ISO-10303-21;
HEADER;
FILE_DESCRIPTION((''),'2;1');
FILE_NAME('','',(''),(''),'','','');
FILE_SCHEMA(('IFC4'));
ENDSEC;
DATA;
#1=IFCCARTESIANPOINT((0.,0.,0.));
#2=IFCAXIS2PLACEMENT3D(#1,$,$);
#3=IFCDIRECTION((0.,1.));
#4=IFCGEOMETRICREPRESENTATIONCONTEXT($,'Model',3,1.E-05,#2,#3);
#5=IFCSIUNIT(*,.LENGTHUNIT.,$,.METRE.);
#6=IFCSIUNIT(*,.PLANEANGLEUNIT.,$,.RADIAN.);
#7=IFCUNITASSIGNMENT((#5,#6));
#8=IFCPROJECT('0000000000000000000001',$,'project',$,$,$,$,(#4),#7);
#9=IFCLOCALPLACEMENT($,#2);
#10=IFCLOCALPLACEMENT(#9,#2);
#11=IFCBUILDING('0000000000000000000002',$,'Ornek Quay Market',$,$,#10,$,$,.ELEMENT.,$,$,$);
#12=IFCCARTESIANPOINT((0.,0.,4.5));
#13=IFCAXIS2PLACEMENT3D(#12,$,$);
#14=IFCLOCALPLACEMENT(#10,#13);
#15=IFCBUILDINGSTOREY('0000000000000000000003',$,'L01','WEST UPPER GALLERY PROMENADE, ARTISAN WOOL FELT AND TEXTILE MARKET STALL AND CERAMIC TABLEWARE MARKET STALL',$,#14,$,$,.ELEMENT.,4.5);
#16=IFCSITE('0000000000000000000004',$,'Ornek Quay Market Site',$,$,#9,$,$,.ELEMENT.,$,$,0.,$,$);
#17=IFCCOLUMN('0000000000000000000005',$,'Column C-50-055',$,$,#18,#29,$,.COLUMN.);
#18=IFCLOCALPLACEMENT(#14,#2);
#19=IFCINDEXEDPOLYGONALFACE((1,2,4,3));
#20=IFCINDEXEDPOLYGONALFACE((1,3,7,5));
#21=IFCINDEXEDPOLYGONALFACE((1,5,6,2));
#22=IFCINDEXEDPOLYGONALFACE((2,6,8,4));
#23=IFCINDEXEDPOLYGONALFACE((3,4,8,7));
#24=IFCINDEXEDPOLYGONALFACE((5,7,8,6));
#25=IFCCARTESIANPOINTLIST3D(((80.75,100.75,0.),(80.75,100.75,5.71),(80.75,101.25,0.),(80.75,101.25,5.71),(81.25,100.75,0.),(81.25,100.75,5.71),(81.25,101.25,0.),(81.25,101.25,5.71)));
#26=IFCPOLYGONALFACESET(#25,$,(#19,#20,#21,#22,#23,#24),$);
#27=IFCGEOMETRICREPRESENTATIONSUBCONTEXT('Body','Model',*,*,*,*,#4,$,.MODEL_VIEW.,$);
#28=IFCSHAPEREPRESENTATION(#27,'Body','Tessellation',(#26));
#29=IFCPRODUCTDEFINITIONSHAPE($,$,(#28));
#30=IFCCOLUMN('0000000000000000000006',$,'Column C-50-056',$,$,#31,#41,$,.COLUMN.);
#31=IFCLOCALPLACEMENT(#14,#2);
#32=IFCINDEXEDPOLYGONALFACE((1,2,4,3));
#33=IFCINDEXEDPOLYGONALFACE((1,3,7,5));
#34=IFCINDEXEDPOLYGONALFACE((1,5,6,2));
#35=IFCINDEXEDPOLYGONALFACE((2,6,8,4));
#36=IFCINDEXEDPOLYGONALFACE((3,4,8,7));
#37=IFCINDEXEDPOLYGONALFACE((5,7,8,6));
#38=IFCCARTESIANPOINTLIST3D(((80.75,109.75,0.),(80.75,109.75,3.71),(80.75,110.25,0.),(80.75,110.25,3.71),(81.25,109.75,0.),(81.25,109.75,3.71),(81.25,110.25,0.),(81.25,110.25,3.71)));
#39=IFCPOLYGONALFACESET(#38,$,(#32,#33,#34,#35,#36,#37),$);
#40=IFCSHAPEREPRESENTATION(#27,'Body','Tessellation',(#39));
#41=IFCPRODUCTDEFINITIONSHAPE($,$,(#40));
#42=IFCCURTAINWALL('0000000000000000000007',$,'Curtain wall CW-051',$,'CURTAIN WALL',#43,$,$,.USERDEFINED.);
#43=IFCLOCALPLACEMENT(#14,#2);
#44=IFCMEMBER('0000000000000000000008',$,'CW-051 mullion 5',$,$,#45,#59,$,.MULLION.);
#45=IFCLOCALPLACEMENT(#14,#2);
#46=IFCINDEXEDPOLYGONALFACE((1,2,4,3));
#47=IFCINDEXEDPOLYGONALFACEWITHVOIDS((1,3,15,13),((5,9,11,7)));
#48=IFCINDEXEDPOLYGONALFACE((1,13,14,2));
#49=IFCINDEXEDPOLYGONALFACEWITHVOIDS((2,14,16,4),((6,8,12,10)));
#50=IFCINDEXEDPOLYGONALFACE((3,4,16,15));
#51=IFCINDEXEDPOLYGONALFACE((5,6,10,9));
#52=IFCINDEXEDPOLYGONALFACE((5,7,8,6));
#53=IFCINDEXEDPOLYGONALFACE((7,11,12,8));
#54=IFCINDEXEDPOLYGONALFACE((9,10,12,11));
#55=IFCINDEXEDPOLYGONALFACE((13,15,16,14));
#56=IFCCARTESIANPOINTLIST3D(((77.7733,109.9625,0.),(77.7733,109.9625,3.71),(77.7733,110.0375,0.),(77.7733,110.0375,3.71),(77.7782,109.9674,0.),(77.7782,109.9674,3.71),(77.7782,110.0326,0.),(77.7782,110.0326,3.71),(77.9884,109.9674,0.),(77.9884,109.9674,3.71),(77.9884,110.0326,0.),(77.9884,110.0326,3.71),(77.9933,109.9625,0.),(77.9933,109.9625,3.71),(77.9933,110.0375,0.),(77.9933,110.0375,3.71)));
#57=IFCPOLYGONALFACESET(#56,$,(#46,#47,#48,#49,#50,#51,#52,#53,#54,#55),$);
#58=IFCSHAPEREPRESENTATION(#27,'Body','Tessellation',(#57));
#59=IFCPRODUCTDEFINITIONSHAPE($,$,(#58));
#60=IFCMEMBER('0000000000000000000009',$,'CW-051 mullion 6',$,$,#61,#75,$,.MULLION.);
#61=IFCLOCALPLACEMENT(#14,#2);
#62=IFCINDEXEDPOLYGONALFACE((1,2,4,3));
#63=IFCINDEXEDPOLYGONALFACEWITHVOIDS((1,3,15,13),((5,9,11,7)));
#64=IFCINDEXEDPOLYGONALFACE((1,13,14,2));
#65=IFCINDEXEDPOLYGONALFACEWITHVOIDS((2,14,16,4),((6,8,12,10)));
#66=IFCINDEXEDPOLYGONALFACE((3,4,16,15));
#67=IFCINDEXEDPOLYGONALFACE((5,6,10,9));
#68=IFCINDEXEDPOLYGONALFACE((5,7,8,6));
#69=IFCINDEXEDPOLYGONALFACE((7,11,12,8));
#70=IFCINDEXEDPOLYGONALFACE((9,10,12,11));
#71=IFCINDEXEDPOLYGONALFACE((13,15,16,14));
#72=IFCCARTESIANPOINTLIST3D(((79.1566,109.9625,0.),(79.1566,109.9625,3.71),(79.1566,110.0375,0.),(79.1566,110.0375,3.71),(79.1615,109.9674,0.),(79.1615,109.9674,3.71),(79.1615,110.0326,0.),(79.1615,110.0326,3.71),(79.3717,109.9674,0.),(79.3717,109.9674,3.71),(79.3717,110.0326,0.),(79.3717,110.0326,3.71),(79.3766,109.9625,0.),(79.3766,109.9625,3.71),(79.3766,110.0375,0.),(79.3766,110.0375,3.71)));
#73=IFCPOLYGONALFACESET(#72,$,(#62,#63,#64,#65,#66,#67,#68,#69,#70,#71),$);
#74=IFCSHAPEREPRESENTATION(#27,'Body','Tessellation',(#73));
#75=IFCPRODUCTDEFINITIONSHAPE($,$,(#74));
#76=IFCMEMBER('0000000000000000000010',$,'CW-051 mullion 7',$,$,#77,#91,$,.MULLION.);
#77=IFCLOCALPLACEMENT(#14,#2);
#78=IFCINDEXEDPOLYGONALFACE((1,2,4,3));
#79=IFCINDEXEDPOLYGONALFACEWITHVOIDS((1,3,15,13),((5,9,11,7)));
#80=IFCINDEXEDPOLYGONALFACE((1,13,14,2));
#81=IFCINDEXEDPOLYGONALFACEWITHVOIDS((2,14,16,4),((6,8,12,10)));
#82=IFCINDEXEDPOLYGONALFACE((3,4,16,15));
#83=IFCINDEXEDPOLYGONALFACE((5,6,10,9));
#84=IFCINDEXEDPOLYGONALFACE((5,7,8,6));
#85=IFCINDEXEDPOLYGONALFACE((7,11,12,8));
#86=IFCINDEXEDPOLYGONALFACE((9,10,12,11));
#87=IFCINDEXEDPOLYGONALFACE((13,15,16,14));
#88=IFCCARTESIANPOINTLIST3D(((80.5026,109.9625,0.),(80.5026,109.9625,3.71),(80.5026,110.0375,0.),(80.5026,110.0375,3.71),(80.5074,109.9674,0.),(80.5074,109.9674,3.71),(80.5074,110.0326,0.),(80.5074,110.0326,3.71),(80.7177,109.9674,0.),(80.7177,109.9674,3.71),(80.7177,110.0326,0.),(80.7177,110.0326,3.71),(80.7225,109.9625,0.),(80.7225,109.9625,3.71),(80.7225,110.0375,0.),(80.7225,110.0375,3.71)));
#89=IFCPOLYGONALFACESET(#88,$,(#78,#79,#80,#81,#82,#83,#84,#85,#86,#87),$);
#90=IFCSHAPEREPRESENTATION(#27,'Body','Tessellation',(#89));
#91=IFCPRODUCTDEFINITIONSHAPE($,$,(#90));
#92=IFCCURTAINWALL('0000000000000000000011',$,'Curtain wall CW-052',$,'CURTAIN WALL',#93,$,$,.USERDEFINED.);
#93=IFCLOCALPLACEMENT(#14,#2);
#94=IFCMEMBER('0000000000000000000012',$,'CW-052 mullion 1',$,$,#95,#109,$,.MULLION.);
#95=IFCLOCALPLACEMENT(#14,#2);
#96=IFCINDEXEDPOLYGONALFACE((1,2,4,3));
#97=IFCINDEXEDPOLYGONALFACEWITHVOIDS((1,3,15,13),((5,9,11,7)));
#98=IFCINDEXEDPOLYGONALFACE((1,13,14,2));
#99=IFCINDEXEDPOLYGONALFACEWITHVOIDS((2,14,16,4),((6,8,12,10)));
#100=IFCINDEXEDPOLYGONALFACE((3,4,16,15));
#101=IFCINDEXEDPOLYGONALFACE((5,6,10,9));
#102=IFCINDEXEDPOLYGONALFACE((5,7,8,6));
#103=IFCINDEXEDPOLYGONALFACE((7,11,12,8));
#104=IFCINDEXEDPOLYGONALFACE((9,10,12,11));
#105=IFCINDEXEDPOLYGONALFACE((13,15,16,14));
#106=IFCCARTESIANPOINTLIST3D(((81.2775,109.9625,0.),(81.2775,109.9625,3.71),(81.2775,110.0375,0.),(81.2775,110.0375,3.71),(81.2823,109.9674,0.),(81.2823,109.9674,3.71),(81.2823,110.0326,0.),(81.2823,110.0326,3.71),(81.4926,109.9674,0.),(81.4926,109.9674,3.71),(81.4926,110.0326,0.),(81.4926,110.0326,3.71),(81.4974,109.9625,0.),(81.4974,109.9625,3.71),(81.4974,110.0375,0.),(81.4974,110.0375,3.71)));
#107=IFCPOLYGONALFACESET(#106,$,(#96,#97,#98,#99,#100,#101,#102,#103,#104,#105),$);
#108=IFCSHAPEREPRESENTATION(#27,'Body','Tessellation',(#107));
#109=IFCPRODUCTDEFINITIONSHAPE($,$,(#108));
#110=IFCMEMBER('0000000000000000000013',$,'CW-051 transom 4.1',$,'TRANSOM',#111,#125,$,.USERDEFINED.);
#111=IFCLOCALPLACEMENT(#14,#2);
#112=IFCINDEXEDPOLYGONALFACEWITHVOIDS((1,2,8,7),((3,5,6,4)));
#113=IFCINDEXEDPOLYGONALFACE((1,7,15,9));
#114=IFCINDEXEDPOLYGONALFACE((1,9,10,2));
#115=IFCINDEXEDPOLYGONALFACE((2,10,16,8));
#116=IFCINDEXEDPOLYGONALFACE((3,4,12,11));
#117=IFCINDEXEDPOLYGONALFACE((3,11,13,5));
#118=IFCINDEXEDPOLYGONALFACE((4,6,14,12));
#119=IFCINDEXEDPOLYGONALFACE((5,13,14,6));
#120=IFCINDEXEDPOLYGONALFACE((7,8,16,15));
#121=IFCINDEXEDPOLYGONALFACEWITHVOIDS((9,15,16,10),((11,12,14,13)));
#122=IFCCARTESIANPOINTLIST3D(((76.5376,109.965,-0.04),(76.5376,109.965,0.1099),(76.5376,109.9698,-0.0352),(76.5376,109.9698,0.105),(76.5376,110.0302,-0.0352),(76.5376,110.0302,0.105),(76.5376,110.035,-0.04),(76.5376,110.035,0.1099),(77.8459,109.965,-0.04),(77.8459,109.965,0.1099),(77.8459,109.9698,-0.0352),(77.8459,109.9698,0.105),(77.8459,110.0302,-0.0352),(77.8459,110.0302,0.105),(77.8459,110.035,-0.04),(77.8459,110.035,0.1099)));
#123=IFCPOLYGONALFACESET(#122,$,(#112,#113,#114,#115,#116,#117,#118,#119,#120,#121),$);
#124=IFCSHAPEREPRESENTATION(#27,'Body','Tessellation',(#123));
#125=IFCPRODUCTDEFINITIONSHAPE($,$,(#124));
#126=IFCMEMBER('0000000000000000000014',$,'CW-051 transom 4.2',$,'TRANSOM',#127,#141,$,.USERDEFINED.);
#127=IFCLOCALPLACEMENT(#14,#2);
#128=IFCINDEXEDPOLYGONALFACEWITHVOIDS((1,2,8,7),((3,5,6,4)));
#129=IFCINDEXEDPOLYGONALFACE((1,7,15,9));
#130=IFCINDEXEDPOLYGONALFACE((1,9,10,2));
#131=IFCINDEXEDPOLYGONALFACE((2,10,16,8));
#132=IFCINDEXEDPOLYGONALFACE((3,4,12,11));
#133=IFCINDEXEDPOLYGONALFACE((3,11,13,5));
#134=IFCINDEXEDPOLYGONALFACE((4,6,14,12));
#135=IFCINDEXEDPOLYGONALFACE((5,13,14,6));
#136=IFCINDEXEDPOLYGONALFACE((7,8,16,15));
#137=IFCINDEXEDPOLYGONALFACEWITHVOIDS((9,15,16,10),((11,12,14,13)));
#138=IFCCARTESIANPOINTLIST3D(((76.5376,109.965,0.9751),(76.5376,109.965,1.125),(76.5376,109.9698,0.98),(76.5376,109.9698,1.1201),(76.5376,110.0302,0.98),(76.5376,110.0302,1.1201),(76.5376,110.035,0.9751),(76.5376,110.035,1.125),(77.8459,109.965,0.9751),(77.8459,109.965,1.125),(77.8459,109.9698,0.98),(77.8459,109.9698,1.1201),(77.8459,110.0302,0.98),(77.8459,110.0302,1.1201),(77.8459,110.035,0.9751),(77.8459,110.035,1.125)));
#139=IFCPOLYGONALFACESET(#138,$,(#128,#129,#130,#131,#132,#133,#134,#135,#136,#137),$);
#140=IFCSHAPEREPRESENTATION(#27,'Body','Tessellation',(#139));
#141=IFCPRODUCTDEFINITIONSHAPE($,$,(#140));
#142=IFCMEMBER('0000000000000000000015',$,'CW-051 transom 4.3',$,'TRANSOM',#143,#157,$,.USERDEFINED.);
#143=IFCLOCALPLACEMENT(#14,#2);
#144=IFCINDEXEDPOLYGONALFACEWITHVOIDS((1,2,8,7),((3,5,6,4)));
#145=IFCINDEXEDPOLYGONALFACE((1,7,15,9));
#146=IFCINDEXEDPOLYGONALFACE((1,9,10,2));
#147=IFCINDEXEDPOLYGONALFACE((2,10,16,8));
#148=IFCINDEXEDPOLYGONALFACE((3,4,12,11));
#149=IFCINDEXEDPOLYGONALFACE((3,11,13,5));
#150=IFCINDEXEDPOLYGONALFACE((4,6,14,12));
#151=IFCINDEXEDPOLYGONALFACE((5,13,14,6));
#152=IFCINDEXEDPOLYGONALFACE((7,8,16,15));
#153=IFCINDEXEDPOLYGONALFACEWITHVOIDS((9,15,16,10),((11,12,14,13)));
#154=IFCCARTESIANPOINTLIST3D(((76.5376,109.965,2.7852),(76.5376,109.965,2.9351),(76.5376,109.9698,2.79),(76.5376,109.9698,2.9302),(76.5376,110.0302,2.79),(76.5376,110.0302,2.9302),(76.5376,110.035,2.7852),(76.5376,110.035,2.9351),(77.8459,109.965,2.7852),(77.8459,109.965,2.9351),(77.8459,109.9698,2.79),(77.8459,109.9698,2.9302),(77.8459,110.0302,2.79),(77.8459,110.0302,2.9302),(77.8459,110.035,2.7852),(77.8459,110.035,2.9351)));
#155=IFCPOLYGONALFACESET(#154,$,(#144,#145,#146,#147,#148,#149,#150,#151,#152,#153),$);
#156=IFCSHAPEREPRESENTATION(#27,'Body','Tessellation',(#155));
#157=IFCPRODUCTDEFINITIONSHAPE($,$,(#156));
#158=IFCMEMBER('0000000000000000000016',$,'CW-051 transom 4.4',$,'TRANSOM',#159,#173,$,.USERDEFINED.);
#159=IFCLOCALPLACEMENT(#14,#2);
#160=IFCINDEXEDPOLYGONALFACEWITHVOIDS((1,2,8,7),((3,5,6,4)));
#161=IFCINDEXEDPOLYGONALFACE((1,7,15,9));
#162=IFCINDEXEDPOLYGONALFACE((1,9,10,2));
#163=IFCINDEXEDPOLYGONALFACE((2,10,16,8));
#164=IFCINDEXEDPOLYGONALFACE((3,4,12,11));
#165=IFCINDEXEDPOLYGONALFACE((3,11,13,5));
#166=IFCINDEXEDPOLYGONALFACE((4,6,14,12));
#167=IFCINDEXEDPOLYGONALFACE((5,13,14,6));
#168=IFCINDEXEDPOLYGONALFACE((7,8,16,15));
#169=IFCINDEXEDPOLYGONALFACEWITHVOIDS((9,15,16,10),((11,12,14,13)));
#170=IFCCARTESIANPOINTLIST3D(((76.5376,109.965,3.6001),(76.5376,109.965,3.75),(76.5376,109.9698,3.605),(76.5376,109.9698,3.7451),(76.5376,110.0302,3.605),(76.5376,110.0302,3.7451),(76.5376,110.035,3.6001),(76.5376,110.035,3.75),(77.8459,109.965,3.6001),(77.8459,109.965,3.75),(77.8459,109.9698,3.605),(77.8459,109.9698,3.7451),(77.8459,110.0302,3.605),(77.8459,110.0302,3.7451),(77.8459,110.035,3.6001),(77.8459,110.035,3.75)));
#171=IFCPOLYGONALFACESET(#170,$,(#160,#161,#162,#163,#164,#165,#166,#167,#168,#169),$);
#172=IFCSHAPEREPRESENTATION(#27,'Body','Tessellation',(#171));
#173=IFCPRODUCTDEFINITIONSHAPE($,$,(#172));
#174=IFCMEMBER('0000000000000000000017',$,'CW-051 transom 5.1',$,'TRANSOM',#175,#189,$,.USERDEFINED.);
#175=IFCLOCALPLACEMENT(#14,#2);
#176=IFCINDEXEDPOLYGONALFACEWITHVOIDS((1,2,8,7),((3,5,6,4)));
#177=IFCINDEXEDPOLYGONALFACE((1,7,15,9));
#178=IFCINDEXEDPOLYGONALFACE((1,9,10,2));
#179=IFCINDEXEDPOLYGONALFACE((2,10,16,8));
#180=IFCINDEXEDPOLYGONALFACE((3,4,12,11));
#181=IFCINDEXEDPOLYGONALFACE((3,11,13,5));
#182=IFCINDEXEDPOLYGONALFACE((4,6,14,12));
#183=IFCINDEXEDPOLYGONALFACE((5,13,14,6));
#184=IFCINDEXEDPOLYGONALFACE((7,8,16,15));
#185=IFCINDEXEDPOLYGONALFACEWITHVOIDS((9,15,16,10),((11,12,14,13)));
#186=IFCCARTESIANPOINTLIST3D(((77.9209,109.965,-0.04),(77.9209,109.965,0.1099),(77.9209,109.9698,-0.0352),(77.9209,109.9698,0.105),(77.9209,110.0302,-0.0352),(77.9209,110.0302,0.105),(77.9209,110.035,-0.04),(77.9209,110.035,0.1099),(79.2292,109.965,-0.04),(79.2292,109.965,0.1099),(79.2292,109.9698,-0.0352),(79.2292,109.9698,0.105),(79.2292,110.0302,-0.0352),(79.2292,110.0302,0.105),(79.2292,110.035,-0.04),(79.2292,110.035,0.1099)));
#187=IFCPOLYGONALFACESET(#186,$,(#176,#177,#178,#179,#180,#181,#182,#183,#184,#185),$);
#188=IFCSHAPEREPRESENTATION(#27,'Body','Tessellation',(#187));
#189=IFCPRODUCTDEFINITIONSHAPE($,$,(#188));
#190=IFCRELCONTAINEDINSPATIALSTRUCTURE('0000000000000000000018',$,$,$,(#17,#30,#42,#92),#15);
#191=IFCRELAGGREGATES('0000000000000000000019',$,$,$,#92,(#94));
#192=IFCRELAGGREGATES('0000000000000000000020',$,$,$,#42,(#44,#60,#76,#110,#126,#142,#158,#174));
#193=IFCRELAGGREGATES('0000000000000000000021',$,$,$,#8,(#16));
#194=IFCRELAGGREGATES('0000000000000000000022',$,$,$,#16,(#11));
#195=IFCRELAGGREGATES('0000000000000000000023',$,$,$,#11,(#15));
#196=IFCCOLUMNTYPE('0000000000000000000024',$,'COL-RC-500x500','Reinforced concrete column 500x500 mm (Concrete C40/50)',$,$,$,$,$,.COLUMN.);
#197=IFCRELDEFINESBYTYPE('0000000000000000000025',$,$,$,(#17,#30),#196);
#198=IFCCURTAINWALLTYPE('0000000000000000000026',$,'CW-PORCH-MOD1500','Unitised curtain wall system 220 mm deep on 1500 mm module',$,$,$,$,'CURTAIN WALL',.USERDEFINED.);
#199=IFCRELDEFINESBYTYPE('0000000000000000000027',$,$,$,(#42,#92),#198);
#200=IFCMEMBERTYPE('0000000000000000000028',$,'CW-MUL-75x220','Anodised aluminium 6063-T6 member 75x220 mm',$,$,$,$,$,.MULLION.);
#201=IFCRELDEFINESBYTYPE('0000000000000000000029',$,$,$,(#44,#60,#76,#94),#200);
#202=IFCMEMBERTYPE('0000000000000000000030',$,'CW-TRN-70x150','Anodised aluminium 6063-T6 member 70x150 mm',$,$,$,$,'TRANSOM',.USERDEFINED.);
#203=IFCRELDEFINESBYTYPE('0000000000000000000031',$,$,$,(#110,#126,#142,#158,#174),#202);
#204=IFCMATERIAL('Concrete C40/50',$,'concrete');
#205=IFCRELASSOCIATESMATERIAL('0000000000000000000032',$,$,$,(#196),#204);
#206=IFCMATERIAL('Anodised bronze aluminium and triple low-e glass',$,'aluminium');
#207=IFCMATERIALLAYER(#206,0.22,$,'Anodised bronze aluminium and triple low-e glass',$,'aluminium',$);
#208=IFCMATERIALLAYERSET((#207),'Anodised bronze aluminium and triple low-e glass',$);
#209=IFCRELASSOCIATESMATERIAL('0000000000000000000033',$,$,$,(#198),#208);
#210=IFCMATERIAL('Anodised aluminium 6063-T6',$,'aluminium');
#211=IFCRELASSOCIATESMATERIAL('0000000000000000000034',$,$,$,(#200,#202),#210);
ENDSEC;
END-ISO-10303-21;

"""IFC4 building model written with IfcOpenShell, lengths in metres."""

from ifc_helpers import new_model, si_unit, direction, frame, origin, origin_2d, place, context, subcontext, project, spatial, rectangle, hollow_rectangle, extrude, material, layer, layer_set, material_profile, profile_set, type_object, element, aggregate, save


model = new_model("IFC4")

# Units and contexts
model_context = context("Model", 3, precision=1e-05, world=origin(), true_north=direction((0.0, 1.0)))
body_context = subcontext(model_context, "Body", "Model", "MODEL_VIEW")
ifc_project = project(units=[si_unit("LENGTHUNIT", "METRE"), si_unit("PLANEANGLEUNIT", "RADIAN")], contexts=[model_context])

# Site, building, storey
site_placement = place(None, origin())
site = spatial("IfcSite", under=ifc_project, at=site_placement, Name="Ornek Quay Market Site", CompositionType="ELEMENT", RefElevation=0.0)
building_placement = place(site_placement, origin())
building = spatial("IfcBuilding", under=site, at=building_placement, Name="Ornek Quay Market", CompositionType="ELEMENT")
storey_placement = place(building_placement, frame((0.0, 0.0, 4.5)))
storey = spatial("IfcBuildingStorey", under=building, at=storey_placement, Name="L01", Description="WEST UPPER GALLERY PROMENADE, ARTISAN WOOL FELT AND TEXTILE MARKET STALL AND CERAMIC TABLEWARE MARKET STALL", CompositionType="ELEMENT", Elevation=4.5)

# Columns
ifc_material_1 = material(Name="Concrete C40/50", Category="concrete")
ifc_material_profile_1 = material_profile(ifc_material_1, rectangle(XDim=0.5, YDim=0.5, at=origin_2d()), Name="RC 500x500", Category="concrete")
ifc_profile_set_1 = profile_set([ifc_material_profile_1], Name="Concrete C40/50")
column_type = type_object("IfcColumnType", Name="COL-RC-500x500", Description="Reinforced concrete column 500x500 mm (Concrete C40/50)", PredefinedType="COLUMN", material=ifc_profile_set_1)
column_1_placement = place(storey_placement, frame((81.0, 101.0, 0.0), z_axis=(0.0, 0.0, 1.0), x_axis=(1.0, 0.0, 0.0)))
element("IfcColumn", 1, at=column_1_placement, inside=storey, type_object=column_type, Name="Column C-50-055", PredefinedType="COLUMN", context=body_context, shape_type="SweptSolid", body=[
    extrude(rectangle(XDim=0.5, YDim=0.5, at=origin_2d()), origin(), (0.0, 0.0, 1.0), 5.71),
])
column_2_placement = place(storey_placement, frame((81.0, 110.0, 0.0), z_axis=(0.0, 0.0, 1.0), x_axis=(1.0, 0.0, 0.0)))
element("IfcColumn", 2, at=column_2_placement, inside=storey, type_object=column_type, Name="Column C-50-056", PredefinedType="COLUMN", context=body_context, shape_type="SweptSolid", body=[
    extrude(rectangle(XDim=0.5, YDim=0.5, at=origin_2d()), origin(), (0.0, 0.0, 1.0), 3.71),
])

# Curtain wall, members
ifc_material_2 = material(Name="Anodised bronze aluminium and triple low-e glass", Category="aluminium")
ifc_layer_1 = layer(ifc_material_2, 0.22, Name="Anodised bronze aluminium and triple low-e glass", Category="aluminium")
ifc_layer_set_1 = layer_set([ifc_layer_1], Name="Anodised bronze aluminium and triple low-e glass")
curtain_wall_type = type_object("IfcCurtainWallType", Name="CW-PORCH-MOD1500", Description="Unitised curtain wall system 220 mm deep on 1500 mm module", ElementType="CURTAIN WALL", PredefinedType="USERDEFINED", material=ifc_layer_set_1)
curtain_wall_1_placement = place(storey_placement, origin())
curtain_wall_1 = element("IfcCurtainWall", 3, at=curtain_wall_1_placement, inside=storey, type_object=curtain_wall_type, Name="Curtain wall CW-051", ObjectType="CURTAIN WALL", PredefinedType="USERDEFINED")
ifc_material_3 = material(Name="Anodised aluminium 6063-T6", Category="aluminium")
ifc_material_profile_2 = material_profile(ifc_material_3, hollow_rectangle(XDim=0.075, YDim=0.22, WallThickness=0.0049, at=origin_2d()), Name="CW-MUL-75x220", Category="aluminium")
ifc_profile_set_2 = profile_set([ifc_material_profile_2], Name="Anodised aluminium 6063-T6")
member_type_1 = type_object("IfcMemberType", Name="CW-MUL-75x220", Description="Anodised aluminium 6063-T6 member 75x220 mm", PredefinedType="MULLION", material=ifc_profile_set_2)
member_1_placement = place(storey_placement, frame((77.8833, 110.0, 0.0), z_axis=(0.0, 0.0, 1.0), x_axis=(0.0, 1.0, 0.0)))
member_1 = element("IfcMember", 4, at=member_1_placement, type_object=member_type_1, Name="CW-051 mullion 5", PredefinedType="MULLION", context=body_context, shape_type="SweptSolid", body=[
    extrude(hollow_rectangle(XDim=0.075, YDim=0.22, WallThickness=0.0049, at=origin_2d()), origin(), (0.0, 0.0, 1.0), 3.71),
])
member_2_placement = place(storey_placement, frame((79.2666, 110.0, 0.0), z_axis=(0.0, 0.0, 1.0), x_axis=(0.0, 1.0, 0.0)))
member_2 = element("IfcMember", 5, at=member_2_placement, type_object=member_type_1, Name="CW-051 mullion 6", PredefinedType="MULLION", context=body_context, shape_type="SweptSolid", body=[
    extrude(hollow_rectangle(XDim=0.075, YDim=0.22, WallThickness=0.0049, at=origin_2d()), origin(), (0.0, 0.0, 1.0), 3.71),
])
member_3_placement = place(storey_placement, frame((80.6125, 110.0, 0.0), z_axis=(0.0, 0.0, 1.0), x_axis=(0.0, 1.0, 0.0)))
member_3 = element("IfcMember", 6, at=member_3_placement, type_object=member_type_1, Name="CW-051 mullion 7", PredefinedType="MULLION", context=body_context, shape_type="SweptSolid", body=[
    extrude(hollow_rectangle(XDim=0.075, YDim=0.22, WallThickness=0.0049, at=origin_2d()), origin(), (0.0, 0.0, 1.0), 3.71),
])

# Curtain wall, member
curtain_wall_2_placement = place(storey_placement, origin())
curtain_wall_2 = element("IfcCurtainWall", 7, at=curtain_wall_2_placement, inside=storey, type_object=curtain_wall_type, Name="Curtain wall CW-052", ObjectType="CURTAIN WALL", PredefinedType="USERDEFINED")
member_4_placement = place(storey_placement, frame((81.3875, 110.0, 0.0), z_axis=(0.0, 0.0, 1.0), x_axis=(0.0, 1.0, 0.0)))
member_4 = element("IfcMember", 8, at=member_4_placement, type_object=member_type_1, Name="CW-052 mullion 1", PredefinedType="MULLION", context=body_context, shape_type="SweptSolid", body=[
    extrude(hollow_rectangle(XDim=0.075, YDim=0.22, WallThickness=0.0049, at=origin_2d()), origin(), (0.0, 0.0, 1.0), 3.71),
])

# Members
ifc_material_profile_3 = material_profile(ifc_material_3, hollow_rectangle(XDim=0.0701, YDim=0.1499, WallThickness=0.0049, at=origin_2d()), Name="CW-TRN-70x150", Category="aluminium")
ifc_profile_set_3 = profile_set([ifc_material_profile_3], Name="Anodised aluminium 6063-T6")
member_type_2 = type_object("IfcMemberType", Name="CW-TRN-70x150", Description="Anodised aluminium 6063-T6 member 70x150 mm", ElementType="TRANSOM", PredefinedType="USERDEFINED", material=ifc_profile_set_3)
member_5_placement = place(storey_placement, frame((76.5376, 110.0, 0.0349), z_axis=(1.0, 0.0, 0.0), x_axis=(0.0, 1.0, 0.0)))
member_5 = element("IfcMember", 9, at=member_5_placement, type_object=member_type_2, Name="CW-051 transom 4.1", ObjectType="TRANSOM", PredefinedType="USERDEFINED", context=body_context, shape_type="SweptSolid", body=[
    extrude(hollow_rectangle(XDim=0.0701, YDim=0.1499, WallThickness=0.0049, at=origin_2d()), origin(), (0.0, 0.0, 1.0), 1.3083),
])
member_6_placement = place(storey_placement, frame((76.5376, 110.0, 1.05), z_axis=(1.0, 0.0, 0.0), x_axis=(0.0, 1.0, 0.0)))
member_6 = element("IfcMember", 10, at=member_6_placement, type_object=member_type_2, Name="CW-051 transom 4.2", ObjectType="TRANSOM", PredefinedType="USERDEFINED", context=body_context, shape_type="SweptSolid", body=[
    extrude(hollow_rectangle(XDim=0.0701, YDim=0.1499, WallThickness=0.0049, at=origin_2d()), origin(), (0.0, 0.0, 1.0), 1.3083),
])
member_7_placement = place(storey_placement, frame((76.5376, 110.0, 2.8601), z_axis=(1.0, 0.0, 0.0), x_axis=(0.0, 1.0, 0.0)))
member_7 = element("IfcMember", 11, at=member_7_placement, type_object=member_type_2, Name="CW-051 transom 4.3", ObjectType="TRANSOM", PredefinedType="USERDEFINED", context=body_context, shape_type="SweptSolid", body=[
    extrude(hollow_rectangle(XDim=0.0701, YDim=0.1499, WallThickness=0.0049, at=origin_2d()), origin(), (0.0, 0.0, 1.0), 1.3083),
])
member_8_placement = place(storey_placement, frame((76.5376, 110.0, 3.675), z_axis=(1.0, 0.0, 0.0), x_axis=(0.0, 1.0, 0.0)))
member_8 = element("IfcMember", 12, at=member_8_placement, type_object=member_type_2, Name="CW-051 transom 4.4", ObjectType="TRANSOM", PredefinedType="USERDEFINED", context=body_context, shape_type="SweptSolid", body=[
    extrude(hollow_rectangle(XDim=0.0701, YDim=0.1499, WallThickness=0.0049, at=origin_2d()), origin(), (0.0, 0.0, 1.0), 1.3083),
])
member_9_placement = place(storey_placement, frame((77.9209, 110.0, 0.0349), z_axis=(1.0, 0.0, 0.0), x_axis=(0.0, 1.0, 0.0)))
member_9 = element("IfcMember", 13, at=member_9_placement, type_object=member_type_2, Name="CW-051 transom 5.1", ObjectType="TRANSOM", PredefinedType="USERDEFINED", context=body_context, shape_type="SweptSolid", body=[
    extrude(hollow_rectangle(XDim=0.0701, YDim=0.1499, WallThickness=0.0049, at=origin_2d()), origin(), (0.0, 0.0, 1.0), 1.3083),
])
aggregate(curtain_wall_2, [member_4])

aggregate(curtain_wall_1, [member_1, member_2, member_3, member_5, member_6, member_7, member_8, member_9])

save(model, "model.ifc")
